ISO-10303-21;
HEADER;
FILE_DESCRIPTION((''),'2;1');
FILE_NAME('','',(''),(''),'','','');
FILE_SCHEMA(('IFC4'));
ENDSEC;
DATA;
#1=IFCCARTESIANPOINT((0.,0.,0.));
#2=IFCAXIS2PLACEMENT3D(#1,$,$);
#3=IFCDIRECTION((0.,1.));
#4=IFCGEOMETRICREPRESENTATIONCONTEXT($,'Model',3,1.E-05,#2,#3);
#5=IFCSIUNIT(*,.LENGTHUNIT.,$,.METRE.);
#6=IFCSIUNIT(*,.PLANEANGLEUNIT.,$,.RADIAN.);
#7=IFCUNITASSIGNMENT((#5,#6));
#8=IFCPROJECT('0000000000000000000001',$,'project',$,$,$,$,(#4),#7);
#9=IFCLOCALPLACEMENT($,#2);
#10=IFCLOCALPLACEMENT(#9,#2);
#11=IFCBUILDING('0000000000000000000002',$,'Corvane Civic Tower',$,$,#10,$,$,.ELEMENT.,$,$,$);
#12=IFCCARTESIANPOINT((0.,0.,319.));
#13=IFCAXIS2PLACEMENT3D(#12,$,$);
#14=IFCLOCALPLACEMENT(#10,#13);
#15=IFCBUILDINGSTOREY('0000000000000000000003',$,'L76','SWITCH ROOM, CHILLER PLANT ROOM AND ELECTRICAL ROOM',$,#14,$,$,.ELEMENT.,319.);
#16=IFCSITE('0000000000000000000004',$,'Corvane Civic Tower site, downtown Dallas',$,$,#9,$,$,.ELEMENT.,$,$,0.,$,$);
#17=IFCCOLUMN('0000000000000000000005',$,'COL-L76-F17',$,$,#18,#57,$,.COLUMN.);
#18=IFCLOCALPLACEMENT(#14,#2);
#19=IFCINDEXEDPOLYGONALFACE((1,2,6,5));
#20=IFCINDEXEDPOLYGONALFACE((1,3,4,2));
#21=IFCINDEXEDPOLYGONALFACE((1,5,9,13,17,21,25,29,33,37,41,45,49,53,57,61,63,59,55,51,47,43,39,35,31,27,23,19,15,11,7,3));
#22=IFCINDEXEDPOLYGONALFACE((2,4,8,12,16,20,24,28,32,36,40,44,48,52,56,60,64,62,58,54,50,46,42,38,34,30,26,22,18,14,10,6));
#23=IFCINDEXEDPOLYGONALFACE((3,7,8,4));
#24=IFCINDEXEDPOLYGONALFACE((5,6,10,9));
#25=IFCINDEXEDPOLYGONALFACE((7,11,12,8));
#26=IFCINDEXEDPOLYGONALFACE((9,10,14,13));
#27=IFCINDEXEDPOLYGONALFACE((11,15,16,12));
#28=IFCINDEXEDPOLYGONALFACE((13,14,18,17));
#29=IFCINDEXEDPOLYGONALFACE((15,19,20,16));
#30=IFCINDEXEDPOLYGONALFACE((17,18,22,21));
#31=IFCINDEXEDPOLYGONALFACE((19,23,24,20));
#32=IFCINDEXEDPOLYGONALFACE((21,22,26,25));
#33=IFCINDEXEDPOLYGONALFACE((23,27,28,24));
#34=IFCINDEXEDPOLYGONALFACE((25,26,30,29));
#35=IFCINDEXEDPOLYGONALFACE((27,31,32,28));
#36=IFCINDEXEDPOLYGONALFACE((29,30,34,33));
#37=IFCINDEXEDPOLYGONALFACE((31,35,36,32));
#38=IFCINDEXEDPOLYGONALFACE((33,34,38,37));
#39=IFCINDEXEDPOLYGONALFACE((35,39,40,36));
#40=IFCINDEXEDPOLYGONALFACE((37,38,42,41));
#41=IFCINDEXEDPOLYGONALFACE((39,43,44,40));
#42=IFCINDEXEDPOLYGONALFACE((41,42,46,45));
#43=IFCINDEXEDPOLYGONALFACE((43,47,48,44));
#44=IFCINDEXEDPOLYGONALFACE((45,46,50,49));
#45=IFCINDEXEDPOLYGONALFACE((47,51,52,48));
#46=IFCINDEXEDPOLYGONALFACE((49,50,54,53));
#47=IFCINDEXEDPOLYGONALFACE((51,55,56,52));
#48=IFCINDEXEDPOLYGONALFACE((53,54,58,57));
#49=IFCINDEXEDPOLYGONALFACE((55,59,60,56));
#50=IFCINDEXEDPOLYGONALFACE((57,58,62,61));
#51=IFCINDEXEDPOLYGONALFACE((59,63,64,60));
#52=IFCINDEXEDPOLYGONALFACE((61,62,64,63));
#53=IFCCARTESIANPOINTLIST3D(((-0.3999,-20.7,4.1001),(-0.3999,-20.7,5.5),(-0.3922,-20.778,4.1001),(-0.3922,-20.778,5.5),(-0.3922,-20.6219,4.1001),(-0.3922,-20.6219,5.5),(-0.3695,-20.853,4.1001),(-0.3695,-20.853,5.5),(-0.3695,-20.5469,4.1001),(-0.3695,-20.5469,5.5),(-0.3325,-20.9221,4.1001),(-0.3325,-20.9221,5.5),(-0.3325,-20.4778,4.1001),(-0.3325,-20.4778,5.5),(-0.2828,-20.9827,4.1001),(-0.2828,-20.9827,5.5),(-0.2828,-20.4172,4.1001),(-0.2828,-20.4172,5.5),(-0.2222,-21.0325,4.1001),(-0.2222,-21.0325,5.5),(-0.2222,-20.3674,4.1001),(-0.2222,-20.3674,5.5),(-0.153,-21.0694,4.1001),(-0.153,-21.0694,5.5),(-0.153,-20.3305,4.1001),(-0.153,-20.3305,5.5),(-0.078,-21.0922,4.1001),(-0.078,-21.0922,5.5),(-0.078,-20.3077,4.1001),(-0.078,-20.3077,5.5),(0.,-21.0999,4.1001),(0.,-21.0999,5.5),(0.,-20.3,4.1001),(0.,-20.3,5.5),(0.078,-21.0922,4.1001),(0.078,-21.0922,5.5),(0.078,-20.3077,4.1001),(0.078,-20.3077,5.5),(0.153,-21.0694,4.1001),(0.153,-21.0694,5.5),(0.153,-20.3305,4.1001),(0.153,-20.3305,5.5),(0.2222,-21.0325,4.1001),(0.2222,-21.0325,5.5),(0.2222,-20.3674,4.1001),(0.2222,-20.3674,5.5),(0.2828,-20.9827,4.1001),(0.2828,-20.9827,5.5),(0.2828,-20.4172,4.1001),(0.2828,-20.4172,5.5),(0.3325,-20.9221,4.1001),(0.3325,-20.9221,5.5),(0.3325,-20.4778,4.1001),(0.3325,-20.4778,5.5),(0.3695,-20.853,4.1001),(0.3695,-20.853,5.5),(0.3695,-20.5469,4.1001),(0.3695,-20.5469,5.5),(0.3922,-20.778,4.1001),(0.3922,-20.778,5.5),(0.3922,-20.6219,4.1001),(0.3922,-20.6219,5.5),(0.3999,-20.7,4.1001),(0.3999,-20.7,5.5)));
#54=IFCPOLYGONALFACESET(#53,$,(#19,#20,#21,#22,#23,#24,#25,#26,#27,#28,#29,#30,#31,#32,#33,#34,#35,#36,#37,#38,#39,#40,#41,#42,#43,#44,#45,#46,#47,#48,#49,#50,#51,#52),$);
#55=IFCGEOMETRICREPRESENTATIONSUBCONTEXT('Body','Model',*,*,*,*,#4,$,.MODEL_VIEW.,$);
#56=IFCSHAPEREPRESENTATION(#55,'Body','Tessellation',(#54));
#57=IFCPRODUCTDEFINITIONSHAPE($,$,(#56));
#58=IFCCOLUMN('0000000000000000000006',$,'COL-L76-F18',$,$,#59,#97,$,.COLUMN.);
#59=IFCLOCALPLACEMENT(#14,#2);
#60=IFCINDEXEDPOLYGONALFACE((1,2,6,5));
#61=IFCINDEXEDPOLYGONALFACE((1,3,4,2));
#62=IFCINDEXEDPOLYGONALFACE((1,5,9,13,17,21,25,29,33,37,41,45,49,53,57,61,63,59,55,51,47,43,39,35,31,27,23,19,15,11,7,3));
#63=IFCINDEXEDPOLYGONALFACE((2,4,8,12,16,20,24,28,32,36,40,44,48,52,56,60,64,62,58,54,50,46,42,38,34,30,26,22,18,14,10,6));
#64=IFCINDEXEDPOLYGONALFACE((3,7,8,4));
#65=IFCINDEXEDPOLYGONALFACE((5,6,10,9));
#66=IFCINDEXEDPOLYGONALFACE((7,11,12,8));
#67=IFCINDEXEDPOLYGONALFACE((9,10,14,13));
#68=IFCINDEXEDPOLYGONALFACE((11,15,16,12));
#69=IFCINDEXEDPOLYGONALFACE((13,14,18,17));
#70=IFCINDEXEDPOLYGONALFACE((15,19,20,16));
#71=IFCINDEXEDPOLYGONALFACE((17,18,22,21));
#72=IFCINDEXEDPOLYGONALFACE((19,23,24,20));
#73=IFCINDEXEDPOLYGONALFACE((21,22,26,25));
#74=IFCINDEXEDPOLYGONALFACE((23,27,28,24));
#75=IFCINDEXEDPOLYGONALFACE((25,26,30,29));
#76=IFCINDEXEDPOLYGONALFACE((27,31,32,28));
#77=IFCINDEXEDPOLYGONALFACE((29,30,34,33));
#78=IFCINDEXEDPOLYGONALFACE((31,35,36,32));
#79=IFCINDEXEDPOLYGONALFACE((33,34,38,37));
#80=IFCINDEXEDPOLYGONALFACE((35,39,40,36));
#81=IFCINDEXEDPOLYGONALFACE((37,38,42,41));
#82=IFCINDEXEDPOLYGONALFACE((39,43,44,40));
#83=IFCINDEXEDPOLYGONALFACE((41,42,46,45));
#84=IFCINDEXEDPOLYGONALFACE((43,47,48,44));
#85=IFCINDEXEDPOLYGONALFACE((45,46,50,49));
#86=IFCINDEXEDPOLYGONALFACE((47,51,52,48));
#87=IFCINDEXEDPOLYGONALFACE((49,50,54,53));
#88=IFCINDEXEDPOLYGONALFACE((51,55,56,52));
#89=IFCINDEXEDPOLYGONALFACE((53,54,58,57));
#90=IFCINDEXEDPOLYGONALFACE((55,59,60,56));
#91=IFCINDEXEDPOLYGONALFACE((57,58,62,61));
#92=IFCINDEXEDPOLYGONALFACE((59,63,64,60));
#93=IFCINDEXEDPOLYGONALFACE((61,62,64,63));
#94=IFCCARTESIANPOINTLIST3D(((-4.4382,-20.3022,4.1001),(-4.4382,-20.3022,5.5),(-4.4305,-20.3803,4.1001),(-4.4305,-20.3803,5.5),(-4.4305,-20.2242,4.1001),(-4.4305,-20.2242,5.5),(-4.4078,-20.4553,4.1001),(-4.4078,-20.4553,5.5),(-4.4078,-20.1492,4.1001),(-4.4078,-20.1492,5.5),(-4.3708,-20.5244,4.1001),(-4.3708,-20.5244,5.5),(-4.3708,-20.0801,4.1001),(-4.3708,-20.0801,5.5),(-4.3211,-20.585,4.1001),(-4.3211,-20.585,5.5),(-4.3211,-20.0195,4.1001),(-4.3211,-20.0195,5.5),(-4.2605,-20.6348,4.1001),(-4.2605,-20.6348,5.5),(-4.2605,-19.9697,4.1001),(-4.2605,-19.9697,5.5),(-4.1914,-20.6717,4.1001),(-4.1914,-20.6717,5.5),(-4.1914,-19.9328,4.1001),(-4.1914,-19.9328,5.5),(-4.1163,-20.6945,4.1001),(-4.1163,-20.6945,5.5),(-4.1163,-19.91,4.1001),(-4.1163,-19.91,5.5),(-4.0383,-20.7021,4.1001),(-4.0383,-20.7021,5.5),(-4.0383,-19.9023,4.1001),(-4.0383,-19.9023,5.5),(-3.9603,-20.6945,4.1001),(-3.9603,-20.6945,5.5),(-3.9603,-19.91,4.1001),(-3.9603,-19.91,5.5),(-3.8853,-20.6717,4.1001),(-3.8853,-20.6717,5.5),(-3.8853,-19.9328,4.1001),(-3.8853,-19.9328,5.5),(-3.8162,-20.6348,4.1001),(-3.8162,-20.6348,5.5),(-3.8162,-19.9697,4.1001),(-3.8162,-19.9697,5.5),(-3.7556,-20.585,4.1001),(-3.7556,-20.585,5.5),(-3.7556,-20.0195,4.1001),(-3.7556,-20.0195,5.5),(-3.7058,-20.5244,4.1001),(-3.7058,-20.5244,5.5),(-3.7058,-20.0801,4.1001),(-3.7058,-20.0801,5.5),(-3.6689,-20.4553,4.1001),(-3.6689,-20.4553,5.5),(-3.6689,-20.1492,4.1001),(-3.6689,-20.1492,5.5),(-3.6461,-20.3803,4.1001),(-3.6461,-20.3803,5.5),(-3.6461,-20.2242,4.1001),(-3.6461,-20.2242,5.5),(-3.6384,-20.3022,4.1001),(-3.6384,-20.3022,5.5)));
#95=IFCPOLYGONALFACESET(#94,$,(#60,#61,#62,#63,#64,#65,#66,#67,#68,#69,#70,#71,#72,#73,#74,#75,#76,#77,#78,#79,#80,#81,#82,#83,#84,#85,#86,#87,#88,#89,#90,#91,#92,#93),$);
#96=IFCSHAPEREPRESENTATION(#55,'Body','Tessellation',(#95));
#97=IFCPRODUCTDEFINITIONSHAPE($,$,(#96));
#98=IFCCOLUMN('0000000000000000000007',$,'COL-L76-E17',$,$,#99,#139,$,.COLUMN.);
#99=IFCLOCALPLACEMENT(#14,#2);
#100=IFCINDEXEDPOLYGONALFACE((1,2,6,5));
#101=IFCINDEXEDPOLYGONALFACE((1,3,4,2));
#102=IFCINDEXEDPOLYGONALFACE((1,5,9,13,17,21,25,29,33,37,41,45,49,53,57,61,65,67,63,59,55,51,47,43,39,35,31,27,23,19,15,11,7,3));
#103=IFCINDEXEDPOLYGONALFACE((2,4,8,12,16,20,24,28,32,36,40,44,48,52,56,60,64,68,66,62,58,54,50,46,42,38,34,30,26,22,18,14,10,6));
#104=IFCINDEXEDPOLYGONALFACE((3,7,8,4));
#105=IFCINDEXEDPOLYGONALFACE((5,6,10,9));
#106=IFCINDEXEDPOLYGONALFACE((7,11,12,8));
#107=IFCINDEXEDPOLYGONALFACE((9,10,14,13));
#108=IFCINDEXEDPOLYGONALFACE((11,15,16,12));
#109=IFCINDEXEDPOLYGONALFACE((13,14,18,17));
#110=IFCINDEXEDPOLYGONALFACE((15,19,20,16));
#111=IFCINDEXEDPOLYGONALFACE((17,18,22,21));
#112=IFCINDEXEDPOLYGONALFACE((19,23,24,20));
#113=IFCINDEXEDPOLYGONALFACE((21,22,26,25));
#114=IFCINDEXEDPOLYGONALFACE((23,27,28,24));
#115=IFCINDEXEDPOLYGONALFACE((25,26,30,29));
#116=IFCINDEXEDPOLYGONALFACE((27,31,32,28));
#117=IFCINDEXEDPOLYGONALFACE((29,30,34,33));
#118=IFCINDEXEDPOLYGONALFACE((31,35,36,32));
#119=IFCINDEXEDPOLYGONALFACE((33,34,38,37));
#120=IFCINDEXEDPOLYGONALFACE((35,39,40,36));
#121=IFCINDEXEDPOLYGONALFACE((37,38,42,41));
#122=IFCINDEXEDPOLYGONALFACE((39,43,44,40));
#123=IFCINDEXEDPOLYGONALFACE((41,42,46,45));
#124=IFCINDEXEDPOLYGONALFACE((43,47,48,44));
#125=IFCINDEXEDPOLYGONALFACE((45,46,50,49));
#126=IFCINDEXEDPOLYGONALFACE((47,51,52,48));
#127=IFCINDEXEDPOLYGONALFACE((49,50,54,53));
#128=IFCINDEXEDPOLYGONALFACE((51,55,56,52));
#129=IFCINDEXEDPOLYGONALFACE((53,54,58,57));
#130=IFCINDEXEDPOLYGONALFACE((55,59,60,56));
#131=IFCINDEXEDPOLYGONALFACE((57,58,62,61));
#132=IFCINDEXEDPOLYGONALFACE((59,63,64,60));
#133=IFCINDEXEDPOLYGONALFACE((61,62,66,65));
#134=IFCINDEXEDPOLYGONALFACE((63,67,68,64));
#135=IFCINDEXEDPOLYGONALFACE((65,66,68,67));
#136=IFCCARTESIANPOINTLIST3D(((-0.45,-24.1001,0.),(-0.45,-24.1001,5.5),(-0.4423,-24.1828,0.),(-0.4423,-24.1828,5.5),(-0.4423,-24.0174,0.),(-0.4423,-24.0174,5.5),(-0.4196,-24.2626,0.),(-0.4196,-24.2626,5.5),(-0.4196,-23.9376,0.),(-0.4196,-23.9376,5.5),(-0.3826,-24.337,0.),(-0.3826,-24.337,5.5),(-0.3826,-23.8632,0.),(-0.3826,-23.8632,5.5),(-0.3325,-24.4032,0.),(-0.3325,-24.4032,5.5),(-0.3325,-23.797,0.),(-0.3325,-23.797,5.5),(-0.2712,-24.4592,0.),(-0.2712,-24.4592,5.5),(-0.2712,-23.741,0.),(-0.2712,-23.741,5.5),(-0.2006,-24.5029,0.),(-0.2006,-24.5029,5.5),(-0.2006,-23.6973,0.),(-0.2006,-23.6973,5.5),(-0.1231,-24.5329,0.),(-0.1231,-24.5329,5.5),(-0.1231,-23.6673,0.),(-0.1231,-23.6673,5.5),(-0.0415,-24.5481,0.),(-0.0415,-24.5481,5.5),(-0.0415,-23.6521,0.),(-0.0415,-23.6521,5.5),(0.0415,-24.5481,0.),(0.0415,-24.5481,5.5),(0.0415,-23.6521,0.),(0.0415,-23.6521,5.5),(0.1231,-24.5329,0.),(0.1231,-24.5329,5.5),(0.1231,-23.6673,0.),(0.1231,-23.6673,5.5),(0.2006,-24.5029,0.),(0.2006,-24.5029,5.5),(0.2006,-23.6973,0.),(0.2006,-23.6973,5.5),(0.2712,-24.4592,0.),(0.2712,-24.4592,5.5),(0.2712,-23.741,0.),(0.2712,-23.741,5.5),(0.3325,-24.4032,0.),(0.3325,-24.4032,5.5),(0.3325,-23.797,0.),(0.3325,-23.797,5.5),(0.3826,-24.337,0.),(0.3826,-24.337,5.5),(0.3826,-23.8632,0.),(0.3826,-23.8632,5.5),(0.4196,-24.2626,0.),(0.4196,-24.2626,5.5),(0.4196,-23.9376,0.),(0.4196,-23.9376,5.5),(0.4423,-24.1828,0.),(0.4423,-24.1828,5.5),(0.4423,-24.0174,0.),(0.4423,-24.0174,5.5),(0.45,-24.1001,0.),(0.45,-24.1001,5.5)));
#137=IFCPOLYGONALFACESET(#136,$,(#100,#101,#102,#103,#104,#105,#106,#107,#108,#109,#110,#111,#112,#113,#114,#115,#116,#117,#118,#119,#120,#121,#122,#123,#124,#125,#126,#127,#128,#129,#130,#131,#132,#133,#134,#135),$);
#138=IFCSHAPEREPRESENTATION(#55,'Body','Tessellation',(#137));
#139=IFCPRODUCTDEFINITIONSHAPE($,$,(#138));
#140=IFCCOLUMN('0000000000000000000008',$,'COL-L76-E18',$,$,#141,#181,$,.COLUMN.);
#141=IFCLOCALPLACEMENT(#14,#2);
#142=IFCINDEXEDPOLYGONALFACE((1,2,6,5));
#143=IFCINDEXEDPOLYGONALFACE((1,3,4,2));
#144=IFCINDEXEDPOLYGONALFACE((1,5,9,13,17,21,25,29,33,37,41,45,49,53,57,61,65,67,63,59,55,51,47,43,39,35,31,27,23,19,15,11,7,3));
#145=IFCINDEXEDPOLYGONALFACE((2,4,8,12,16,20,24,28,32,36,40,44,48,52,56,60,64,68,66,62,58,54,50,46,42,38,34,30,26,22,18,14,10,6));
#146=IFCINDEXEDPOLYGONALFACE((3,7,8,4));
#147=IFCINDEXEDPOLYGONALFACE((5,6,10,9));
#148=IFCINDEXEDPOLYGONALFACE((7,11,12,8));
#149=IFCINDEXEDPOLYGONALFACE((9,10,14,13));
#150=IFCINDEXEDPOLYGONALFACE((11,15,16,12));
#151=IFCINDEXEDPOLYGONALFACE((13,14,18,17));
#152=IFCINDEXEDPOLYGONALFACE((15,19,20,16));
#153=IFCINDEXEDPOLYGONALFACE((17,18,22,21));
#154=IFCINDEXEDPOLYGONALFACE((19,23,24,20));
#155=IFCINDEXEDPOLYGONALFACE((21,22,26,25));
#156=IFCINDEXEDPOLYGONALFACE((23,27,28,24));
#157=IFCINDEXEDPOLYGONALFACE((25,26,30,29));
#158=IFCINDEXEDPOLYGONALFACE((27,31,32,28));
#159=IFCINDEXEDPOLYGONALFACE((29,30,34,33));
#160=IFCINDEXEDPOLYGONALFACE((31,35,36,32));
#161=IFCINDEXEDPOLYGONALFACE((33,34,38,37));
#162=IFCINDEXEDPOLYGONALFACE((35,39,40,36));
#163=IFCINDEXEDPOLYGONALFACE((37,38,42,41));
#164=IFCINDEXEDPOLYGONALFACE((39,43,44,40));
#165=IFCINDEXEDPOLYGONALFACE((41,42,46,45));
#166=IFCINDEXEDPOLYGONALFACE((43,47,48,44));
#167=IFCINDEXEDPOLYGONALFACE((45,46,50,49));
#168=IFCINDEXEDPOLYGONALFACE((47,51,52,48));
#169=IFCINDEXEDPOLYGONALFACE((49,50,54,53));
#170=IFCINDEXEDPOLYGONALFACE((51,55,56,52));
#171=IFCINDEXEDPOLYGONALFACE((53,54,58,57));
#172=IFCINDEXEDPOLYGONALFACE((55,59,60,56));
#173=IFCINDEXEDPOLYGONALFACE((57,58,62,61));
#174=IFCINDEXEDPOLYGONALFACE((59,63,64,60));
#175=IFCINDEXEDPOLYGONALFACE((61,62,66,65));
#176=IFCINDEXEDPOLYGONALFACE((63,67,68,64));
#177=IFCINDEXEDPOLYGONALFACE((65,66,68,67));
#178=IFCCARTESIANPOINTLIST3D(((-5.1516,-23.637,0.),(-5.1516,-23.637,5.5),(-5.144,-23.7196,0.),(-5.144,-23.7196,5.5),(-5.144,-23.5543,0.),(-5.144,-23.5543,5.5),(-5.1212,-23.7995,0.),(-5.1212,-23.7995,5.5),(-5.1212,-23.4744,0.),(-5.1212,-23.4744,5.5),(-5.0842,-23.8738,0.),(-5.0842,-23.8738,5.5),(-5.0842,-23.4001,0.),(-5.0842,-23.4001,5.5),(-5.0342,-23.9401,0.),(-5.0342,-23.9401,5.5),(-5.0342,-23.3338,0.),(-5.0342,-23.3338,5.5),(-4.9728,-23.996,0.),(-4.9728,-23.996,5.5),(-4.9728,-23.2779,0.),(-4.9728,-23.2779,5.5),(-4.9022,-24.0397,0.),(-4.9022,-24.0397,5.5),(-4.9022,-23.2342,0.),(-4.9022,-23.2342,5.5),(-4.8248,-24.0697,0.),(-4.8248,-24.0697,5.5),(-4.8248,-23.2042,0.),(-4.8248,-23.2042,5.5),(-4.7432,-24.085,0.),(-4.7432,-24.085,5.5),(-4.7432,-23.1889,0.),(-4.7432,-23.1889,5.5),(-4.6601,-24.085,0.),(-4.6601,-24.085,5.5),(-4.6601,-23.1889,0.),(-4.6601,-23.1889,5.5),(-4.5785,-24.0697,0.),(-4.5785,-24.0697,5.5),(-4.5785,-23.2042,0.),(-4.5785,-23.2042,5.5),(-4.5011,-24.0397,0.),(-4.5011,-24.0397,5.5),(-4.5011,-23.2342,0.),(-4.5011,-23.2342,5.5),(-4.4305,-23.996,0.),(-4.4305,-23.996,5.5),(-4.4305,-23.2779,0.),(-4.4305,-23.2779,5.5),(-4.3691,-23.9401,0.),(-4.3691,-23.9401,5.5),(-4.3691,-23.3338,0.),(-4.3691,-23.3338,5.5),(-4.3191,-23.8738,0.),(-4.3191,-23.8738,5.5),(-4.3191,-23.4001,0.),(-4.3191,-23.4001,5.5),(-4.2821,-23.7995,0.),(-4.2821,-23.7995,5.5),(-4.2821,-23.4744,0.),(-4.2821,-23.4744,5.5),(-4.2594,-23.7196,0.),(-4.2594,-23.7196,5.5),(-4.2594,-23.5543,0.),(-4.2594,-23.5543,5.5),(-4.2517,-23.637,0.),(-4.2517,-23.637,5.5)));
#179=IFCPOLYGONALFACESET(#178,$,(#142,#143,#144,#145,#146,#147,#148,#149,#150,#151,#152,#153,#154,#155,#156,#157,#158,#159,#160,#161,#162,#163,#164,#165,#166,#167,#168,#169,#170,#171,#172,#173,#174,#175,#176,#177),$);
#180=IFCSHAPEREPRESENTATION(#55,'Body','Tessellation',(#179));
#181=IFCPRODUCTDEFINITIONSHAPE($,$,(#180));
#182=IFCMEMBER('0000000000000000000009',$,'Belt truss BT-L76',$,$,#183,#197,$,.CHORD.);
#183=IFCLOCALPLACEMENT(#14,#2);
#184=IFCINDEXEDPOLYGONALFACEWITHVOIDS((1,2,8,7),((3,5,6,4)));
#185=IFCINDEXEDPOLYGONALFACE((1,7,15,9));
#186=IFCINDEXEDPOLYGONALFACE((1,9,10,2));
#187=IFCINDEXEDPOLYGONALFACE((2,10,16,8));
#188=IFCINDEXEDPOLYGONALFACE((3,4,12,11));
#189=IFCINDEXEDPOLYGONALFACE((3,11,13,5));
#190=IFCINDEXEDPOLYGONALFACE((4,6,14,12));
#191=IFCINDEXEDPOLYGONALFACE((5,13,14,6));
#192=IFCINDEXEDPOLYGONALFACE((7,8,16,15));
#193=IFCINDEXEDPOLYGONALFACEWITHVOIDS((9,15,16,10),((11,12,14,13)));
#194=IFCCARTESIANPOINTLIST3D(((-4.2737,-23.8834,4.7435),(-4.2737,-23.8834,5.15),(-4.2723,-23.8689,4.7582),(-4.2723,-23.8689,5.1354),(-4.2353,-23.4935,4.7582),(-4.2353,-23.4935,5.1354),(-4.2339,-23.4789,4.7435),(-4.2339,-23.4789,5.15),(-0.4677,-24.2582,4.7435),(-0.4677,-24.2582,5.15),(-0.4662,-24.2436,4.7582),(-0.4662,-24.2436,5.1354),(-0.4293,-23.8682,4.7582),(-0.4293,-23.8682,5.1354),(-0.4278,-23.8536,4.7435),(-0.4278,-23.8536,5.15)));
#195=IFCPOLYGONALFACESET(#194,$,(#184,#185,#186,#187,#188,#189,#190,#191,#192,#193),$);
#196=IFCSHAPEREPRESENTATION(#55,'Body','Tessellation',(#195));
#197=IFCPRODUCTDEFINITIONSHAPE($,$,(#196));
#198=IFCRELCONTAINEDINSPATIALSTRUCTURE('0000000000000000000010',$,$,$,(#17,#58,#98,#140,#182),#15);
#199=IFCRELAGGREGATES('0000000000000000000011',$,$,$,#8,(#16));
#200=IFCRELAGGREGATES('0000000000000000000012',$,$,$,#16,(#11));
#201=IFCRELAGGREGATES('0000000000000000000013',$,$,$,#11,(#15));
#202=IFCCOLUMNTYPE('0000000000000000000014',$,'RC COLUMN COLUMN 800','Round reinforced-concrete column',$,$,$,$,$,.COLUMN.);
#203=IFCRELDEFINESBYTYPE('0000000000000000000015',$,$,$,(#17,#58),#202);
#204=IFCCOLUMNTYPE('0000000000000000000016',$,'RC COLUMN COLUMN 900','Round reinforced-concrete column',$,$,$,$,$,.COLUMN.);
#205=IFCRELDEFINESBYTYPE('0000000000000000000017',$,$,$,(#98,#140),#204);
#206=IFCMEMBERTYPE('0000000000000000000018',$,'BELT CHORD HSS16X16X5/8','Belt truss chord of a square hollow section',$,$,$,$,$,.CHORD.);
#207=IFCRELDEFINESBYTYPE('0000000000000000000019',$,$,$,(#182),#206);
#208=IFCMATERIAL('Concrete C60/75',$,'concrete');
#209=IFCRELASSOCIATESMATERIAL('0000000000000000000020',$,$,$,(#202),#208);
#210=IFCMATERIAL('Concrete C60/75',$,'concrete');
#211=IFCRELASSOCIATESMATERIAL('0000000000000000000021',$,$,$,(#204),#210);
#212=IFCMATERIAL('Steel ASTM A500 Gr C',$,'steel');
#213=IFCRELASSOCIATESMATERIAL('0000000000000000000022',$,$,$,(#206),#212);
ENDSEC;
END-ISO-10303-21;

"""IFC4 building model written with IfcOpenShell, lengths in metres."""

from ifc_helpers import new_model, si_unit, direction, frame, origin, origin_2d, place, context, subcontext, project, spatial, hollow_rectangle, circle, extrude, material, material_profile, profile_set, type_object, element, save


model = new_model("IFC4")

# Units and contexts
model_context = context("Model", 3, precision=1e-05, world=origin(), true_north=direction((0.0, 1.0)))
body_context = subcontext(model_context, "Body", "Model", "MODEL_VIEW")
ifc_project = project(units=[si_unit("LENGTHUNIT", "METRE"), si_unit("PLANEANGLEUNIT", "RADIAN")], contexts=[model_context])

# Site, building, storey
site_placement = place(None, origin())
site = spatial("IfcSite", under=ifc_project, at=site_placement, Name="Corvane Civic Tower site, downtown Dallas", CompositionType="ELEMENT", RefElevation=0.0)
building_placement = place(site_placement, origin())
building = spatial("IfcBuilding", under=site, at=building_placement, Name="Corvane Civic Tower", CompositionType="ELEMENT")
storey_placement = place(building_placement, frame((0.0, 0.0, 319.0)))
storey = spatial("IfcBuildingStorey", under=building, at=storey_placement, Name="L76", Description="SWITCH ROOM, CHILLER PLANT ROOM AND ELECTRICAL ROOM", CompositionType="ELEMENT", Elevation=319.0)

# Columns
ifc_material_1 = material(Name="Concrete C60/75", Category="concrete")
ifc_material_profile_1 = material_profile(ifc_material_1, circle(Radius=0.3999, at=origin_2d()), Name="COLUMN 800")
ifc_profile_set_1 = profile_set([ifc_material_profile_1], Name="Concrete C60/75")
column_type_1 = type_object("IfcColumnType", Name="RC COLUMN COLUMN 800", Description="Round reinforced-concrete column", PredefinedType="COLUMN", material=ifc_profile_set_1)
for number, where, z_axis, x_axis, name in (
    (1, (0.0, -20.7, 4.1001), (0.0, 0.0, 1.0), (1.0, 0.0, 0.0), "COL-L76-F17"),
    (2, (-4.0383, -20.3022, 4.1001), (0.0, 0.0, 1.0), (1.0, 0.0, 0.0), "COL-L76-F18"),
):
    element("IfcColumn", number, at=place(storey_placement, frame(where, z_axis=z_axis, x_axis=x_axis)), inside=storey, type_object=column_type_1, Name=name, PredefinedType="COLUMN", context=body_context, shape_type="SweptSolid", body=[
        extrude(circle(Radius=0.3999, at=origin_2d()), origin(), (0.0, 0.0, 1.0), 1.3999),
    ])
ifc_material_2 = material(Name="Concrete C60/75", Category="concrete")
ifc_material_profile_2 = material_profile(ifc_material_2, circle(Radius=0.45, at=origin_2d()), Name="COLUMN 900")
ifc_profile_set_2 = profile_set([ifc_material_profile_2], Name="Concrete C60/75")
column_type_2 = type_object("IfcColumnType", Name="RC COLUMN COLUMN 900", Description="Round reinforced-concrete column", PredefinedType="COLUMN", material=ifc_profile_set_2)
for number, where, z_axis, x_axis, name in (
    (3, (0.0, -24.1001, 0.0), (0.0, 0.0, 1.0), (1.0, 0.0, 0.0), "COL-L76-E17"),
    (4, (-4.7017, -23.637, 0.0), (0.0, 0.0, 1.0), (1.0, 0.0, 0.0), "COL-L76-E18"),
):
    element("IfcColumn", number, at=place(storey_placement, frame(where, z_axis=z_axis, x_axis=x_axis)), inside=storey, type_object=column_type_2, Name=name, PredefinedType="COLUMN", context=body_context, shape_type="SweptSolid", body=[
        extrude(circle(Radius=0.45, at=origin_2d()), origin(), (0.0, 0.0, 1.0), 5.5),
    ])

# Member
ifc_material_3 = material(Name="Steel ASTM A500 Gr C", Category="steel")
ifc_material_profile_3 = material_profile(ifc_material_3, hollow_rectangle(XDim=0.4065, YDim=0.4065, WallThickness=0.0146, at=origin_2d()), Name="HSS16X16X5/8")
ifc_profile_set_3 = profile_set([ifc_material_profile_3], Name="Steel ASTM A500 Gr C")
member_type_1 = type_object("IfcMemberType", Name="BELT CHORD HSS16X16X5/8", Description="Belt truss chord of a square hollow section", PredefinedType="CHORD", material=ifc_profile_set_3)
for number, where, z_axis, x_axis, name in (
    (5, (-0.4478, -24.0559, 4.9468), (-0.995188, 0.097987, 0.0), (-0.097987, -0.995188, 0.0), "Belt truss BT-L76"),
):
    element("IfcMember", number, at=place(storey_placement, frame(where, z_axis=z_axis, x_axis=x_axis)), inside=storey, type_object=member_type_1, Name=name, PredefinedType="CHORD", context=body_context, shape_type="SweptSolid", body=[
        extrude(hollow_rectangle(XDim=0.4065, YDim=0.4065, WallThickness=0.0146, at=origin_2d()), origin(), (0.0, 0.0, 1.0), 3.8245),
    ])

save(model, "model.ifc")
